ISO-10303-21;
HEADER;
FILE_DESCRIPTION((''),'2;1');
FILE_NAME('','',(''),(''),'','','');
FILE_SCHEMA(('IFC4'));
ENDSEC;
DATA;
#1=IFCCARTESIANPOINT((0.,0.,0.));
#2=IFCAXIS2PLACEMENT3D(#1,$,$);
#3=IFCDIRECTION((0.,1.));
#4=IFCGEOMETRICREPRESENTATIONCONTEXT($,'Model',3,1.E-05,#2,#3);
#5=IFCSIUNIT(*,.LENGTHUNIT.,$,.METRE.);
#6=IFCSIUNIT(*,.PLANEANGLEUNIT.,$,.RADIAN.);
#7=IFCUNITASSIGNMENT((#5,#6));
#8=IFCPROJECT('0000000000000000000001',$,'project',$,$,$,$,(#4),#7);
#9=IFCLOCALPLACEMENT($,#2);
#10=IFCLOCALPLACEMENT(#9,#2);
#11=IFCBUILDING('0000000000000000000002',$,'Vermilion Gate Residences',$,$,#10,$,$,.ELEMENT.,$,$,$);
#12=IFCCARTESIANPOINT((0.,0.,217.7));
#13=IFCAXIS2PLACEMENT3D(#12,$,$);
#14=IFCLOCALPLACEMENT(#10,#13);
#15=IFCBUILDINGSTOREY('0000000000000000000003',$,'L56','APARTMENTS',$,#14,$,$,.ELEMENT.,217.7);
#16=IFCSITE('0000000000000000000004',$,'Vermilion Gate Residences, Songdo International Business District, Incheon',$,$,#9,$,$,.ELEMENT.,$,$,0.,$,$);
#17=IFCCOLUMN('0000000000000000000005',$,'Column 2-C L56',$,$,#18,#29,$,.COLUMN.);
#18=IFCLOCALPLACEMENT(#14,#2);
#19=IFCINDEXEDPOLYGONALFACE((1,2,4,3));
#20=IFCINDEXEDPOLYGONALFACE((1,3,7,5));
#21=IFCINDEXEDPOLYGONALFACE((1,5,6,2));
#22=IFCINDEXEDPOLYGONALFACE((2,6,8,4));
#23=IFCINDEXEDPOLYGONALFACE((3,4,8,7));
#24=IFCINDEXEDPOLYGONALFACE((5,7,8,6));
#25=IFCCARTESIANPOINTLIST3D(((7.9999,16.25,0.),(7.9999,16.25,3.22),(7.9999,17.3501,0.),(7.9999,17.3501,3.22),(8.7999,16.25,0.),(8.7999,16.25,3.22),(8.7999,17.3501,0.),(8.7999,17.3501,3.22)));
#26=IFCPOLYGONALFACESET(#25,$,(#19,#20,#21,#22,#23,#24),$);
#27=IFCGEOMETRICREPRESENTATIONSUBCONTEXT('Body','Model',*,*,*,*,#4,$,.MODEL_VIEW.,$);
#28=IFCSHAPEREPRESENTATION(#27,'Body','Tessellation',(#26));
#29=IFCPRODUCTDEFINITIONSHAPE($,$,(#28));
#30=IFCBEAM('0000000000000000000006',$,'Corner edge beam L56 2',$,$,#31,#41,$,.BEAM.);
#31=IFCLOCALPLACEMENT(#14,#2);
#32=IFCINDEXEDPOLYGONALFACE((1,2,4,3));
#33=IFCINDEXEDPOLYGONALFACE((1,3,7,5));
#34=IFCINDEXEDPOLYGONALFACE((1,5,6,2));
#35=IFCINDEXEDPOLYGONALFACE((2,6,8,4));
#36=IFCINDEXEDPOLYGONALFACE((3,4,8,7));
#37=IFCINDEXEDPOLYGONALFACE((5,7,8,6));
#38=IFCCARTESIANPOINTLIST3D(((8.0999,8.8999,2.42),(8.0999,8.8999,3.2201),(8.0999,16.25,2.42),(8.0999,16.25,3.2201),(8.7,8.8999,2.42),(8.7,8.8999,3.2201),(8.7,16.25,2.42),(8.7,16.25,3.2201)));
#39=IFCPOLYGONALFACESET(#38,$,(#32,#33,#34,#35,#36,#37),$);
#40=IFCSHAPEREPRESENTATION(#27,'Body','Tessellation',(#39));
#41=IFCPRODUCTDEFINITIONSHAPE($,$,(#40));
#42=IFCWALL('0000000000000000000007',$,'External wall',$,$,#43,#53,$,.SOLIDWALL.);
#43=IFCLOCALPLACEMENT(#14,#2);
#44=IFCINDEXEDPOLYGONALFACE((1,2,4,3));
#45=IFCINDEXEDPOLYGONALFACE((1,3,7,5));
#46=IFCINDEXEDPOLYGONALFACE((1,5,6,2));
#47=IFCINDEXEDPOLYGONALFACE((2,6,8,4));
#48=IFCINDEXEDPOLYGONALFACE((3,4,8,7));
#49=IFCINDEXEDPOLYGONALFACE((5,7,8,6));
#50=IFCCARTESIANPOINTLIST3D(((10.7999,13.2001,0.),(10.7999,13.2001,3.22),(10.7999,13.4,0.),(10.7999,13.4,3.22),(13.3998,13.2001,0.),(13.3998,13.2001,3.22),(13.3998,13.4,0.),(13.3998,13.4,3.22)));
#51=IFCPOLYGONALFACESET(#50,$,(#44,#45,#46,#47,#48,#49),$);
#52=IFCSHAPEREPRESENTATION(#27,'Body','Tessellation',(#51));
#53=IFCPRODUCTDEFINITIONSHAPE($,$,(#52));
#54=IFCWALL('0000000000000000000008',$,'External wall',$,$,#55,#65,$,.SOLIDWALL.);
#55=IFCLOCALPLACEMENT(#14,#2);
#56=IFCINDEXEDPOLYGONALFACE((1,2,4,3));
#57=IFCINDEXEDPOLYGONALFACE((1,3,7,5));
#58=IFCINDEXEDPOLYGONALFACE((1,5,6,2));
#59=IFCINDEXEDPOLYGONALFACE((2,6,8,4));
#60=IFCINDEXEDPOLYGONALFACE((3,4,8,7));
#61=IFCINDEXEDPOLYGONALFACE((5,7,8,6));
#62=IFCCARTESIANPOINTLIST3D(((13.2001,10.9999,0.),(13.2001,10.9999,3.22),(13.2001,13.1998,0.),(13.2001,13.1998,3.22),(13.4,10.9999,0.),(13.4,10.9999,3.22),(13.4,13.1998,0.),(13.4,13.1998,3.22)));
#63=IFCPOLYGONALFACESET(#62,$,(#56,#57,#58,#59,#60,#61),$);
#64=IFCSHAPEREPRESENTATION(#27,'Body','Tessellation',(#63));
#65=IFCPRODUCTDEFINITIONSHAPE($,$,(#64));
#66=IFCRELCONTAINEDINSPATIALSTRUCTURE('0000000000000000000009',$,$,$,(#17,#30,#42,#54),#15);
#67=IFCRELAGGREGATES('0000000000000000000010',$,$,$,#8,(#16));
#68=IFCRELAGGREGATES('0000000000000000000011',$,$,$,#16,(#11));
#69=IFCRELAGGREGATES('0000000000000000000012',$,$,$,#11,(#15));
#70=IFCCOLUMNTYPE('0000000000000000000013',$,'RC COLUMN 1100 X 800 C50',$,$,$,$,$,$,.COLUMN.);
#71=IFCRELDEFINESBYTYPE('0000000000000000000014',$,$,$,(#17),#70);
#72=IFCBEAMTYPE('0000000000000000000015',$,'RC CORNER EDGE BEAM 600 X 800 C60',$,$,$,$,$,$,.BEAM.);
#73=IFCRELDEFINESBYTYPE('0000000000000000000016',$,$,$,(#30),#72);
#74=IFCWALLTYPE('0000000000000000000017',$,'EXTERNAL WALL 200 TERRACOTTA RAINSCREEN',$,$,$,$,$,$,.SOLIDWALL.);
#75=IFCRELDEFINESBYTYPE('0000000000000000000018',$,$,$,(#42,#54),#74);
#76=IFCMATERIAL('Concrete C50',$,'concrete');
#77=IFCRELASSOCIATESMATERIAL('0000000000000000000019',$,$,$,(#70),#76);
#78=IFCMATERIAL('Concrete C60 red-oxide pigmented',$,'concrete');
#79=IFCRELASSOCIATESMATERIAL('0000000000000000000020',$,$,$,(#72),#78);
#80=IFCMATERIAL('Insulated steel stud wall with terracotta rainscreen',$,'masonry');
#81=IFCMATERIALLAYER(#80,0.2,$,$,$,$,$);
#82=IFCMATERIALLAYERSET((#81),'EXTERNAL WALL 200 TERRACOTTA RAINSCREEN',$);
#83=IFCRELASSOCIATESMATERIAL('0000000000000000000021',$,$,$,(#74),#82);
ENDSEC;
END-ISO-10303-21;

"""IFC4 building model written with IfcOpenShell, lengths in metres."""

from ifc_helpers import new_model, si_unit, direction, frame, frame_2d, origin, origin_2d, place, context, subcontext, project, spatial, rectangle, extrude, material, layer, layer_set, material_profile, profile_set, type_object, element, save


model = new_model("IFC4")

# Units and contexts
model_context = context("Model", 3, precision=1e-05, world=origin(), true_north=direction((0.0, 1.0)))
body_context = subcontext(model_context, "Body", "Model", "MODEL_VIEW")
ifc_project = project(units=[si_unit("LENGTHUNIT", "METRE"), si_unit("PLANEANGLEUNIT", "RADIAN")], contexts=[model_context])

# Site, building, storey
site_placement = place(None, origin())
site = spatial("IfcSite", under=ifc_project, at=site_placement, Name="Vermilion Gate Residences, Songdo International Business District, Incheon", CompositionType="ELEMENT", RefElevation=0.0)
building_placement = place(site_placement, origin())
building = spatial("IfcBuilding", under=site, at=building_placement, Name="Vermilion Gate Residences", CompositionType="ELEMENT")
storey_placement = place(building_placement, frame((0.0, 0.0, 217.7)))
storey = spatial("IfcBuildingStorey", under=building, at=storey_placement, Name="L56", Description="APARTMENTS", CompositionType="ELEMENT", Elevation=217.7)

# Column
ifc_material_1 = material(Name="Concrete C50", Category="concrete")
ifc_material_profile_1 = material_profile(ifc_material_1, rectangle(XDim=1.1001, YDim=0.8, at=origin_2d()), Name="RC-1100x800")
ifc_profile_set_1 = profile_set([ifc_material_profile_1], Name="Concrete C50")
column_type = type_object("IfcColumnType", Name="RC COLUMN 1100 X 800 C50", PredefinedType="COLUMN", material=ifc_profile_set_1)
column_placement = place(storey_placement, frame((8.3999, 16.8, 0.0), z_axis=(0.0, 0.0, 1.0), x_axis=(0.0, 1.0, 0.0)))
element("IfcColumn", 1, at=column_placement, inside=storey, type_object=column_type, Name="Column 2-C L56", PredefinedType="COLUMN", context=body_context, shape_type="SweptSolid", body=[
    extrude(rectangle(XDim=1.1001, YDim=0.8, at=origin_2d()), origin(), (0.0, 0.0, 1.0), 3.22),
])

# Beam
ifc_material_2 = material(Name="Concrete C60 red-oxide pigmented", Category="concrete")
ifc_material_profile_2 = material_profile(ifc_material_2, rectangle(XDim=0.6001, YDim=0.8, at=origin_2d()), Name="RC-600x800")
ifc_profile_set_2 = profile_set([ifc_material_profile_2], Name="Concrete C60 red-oxide pigmented")
beam_type = type_object("IfcBeamType", Name="RC CORNER EDGE BEAM 600 X 800 C60", PredefinedType="BEAM", material=ifc_profile_set_2)
beam_placement = place(storey_placement, frame((8.3999, 8.8999, 2.8201), z_axis=(0.0, 1.0, 0.0), x_axis=(-1.0, 0.0, 0.0)))
element("IfcBeam", 2, at=beam_placement, inside=storey, type_object=beam_type, Name="Corner edge beam L56 2", PredefinedType="BEAM", context=body_context, shape_type="SweptSolid", body=[
    extrude(rectangle(XDim=0.6001, YDim=0.8, at=origin_2d()), origin(), (0.0, 0.0, 1.0), 7.3501),
])

# Walls
ifc_material_3 = material(Name="Insulated steel stud wall with terracotta rainscreen", Category="masonry")
ifc_layer_1 = layer(ifc_material_3, 0.2)
ifc_layer_set_1 = layer_set([ifc_layer_1], Name="EXTERNAL WALL 200 TERRACOTTA RAINSCREEN")
wall_type_1 = type_object("IfcWallType", Name="EXTERNAL WALL 200 TERRACOTTA RAINSCREEN", PredefinedType="SOLIDWALL", material=ifc_layer_set_1)
wall_1_placement = place(storey_placement, frame((10.8, 13.3, 0.0), z_axis=(0.0, 0.0, 1.0), x_axis=(1.0, 0.0, 0.0)))
element("IfcWall", 3, at=wall_1_placement, inside=storey, type_object=wall_type_1, Name="External wall", PredefinedType="SOLIDWALL", context=body_context, shape_type="SweptSolid", body=[
    extrude(rectangle(XDim=2.5999, YDim=0.2, at=frame_2d((1.2998, 0.0))), origin(), (0.0, 0.0, 1.0), 3.22),
])
wall_2_placement = place(storey_placement, frame((13.3, 13.2, 0.0), z_axis=(0.0, 0.0, 1.0), x_axis=(0.0, -1.0, 0.0)))
element("IfcWall", 4, at=wall_2_placement, inside=storey, type_object=wall_type_1, Name="External wall", PredefinedType="SOLIDWALL", context=body_context, shape_type="SweptSolid", body=[
    extrude(rectangle(XDim=2.2, YDim=0.2, at=frame_2d((1.1001, 0.0))), origin(), (0.0, 0.0, 1.0), 3.22),
])

save(model, "model.ifc")
